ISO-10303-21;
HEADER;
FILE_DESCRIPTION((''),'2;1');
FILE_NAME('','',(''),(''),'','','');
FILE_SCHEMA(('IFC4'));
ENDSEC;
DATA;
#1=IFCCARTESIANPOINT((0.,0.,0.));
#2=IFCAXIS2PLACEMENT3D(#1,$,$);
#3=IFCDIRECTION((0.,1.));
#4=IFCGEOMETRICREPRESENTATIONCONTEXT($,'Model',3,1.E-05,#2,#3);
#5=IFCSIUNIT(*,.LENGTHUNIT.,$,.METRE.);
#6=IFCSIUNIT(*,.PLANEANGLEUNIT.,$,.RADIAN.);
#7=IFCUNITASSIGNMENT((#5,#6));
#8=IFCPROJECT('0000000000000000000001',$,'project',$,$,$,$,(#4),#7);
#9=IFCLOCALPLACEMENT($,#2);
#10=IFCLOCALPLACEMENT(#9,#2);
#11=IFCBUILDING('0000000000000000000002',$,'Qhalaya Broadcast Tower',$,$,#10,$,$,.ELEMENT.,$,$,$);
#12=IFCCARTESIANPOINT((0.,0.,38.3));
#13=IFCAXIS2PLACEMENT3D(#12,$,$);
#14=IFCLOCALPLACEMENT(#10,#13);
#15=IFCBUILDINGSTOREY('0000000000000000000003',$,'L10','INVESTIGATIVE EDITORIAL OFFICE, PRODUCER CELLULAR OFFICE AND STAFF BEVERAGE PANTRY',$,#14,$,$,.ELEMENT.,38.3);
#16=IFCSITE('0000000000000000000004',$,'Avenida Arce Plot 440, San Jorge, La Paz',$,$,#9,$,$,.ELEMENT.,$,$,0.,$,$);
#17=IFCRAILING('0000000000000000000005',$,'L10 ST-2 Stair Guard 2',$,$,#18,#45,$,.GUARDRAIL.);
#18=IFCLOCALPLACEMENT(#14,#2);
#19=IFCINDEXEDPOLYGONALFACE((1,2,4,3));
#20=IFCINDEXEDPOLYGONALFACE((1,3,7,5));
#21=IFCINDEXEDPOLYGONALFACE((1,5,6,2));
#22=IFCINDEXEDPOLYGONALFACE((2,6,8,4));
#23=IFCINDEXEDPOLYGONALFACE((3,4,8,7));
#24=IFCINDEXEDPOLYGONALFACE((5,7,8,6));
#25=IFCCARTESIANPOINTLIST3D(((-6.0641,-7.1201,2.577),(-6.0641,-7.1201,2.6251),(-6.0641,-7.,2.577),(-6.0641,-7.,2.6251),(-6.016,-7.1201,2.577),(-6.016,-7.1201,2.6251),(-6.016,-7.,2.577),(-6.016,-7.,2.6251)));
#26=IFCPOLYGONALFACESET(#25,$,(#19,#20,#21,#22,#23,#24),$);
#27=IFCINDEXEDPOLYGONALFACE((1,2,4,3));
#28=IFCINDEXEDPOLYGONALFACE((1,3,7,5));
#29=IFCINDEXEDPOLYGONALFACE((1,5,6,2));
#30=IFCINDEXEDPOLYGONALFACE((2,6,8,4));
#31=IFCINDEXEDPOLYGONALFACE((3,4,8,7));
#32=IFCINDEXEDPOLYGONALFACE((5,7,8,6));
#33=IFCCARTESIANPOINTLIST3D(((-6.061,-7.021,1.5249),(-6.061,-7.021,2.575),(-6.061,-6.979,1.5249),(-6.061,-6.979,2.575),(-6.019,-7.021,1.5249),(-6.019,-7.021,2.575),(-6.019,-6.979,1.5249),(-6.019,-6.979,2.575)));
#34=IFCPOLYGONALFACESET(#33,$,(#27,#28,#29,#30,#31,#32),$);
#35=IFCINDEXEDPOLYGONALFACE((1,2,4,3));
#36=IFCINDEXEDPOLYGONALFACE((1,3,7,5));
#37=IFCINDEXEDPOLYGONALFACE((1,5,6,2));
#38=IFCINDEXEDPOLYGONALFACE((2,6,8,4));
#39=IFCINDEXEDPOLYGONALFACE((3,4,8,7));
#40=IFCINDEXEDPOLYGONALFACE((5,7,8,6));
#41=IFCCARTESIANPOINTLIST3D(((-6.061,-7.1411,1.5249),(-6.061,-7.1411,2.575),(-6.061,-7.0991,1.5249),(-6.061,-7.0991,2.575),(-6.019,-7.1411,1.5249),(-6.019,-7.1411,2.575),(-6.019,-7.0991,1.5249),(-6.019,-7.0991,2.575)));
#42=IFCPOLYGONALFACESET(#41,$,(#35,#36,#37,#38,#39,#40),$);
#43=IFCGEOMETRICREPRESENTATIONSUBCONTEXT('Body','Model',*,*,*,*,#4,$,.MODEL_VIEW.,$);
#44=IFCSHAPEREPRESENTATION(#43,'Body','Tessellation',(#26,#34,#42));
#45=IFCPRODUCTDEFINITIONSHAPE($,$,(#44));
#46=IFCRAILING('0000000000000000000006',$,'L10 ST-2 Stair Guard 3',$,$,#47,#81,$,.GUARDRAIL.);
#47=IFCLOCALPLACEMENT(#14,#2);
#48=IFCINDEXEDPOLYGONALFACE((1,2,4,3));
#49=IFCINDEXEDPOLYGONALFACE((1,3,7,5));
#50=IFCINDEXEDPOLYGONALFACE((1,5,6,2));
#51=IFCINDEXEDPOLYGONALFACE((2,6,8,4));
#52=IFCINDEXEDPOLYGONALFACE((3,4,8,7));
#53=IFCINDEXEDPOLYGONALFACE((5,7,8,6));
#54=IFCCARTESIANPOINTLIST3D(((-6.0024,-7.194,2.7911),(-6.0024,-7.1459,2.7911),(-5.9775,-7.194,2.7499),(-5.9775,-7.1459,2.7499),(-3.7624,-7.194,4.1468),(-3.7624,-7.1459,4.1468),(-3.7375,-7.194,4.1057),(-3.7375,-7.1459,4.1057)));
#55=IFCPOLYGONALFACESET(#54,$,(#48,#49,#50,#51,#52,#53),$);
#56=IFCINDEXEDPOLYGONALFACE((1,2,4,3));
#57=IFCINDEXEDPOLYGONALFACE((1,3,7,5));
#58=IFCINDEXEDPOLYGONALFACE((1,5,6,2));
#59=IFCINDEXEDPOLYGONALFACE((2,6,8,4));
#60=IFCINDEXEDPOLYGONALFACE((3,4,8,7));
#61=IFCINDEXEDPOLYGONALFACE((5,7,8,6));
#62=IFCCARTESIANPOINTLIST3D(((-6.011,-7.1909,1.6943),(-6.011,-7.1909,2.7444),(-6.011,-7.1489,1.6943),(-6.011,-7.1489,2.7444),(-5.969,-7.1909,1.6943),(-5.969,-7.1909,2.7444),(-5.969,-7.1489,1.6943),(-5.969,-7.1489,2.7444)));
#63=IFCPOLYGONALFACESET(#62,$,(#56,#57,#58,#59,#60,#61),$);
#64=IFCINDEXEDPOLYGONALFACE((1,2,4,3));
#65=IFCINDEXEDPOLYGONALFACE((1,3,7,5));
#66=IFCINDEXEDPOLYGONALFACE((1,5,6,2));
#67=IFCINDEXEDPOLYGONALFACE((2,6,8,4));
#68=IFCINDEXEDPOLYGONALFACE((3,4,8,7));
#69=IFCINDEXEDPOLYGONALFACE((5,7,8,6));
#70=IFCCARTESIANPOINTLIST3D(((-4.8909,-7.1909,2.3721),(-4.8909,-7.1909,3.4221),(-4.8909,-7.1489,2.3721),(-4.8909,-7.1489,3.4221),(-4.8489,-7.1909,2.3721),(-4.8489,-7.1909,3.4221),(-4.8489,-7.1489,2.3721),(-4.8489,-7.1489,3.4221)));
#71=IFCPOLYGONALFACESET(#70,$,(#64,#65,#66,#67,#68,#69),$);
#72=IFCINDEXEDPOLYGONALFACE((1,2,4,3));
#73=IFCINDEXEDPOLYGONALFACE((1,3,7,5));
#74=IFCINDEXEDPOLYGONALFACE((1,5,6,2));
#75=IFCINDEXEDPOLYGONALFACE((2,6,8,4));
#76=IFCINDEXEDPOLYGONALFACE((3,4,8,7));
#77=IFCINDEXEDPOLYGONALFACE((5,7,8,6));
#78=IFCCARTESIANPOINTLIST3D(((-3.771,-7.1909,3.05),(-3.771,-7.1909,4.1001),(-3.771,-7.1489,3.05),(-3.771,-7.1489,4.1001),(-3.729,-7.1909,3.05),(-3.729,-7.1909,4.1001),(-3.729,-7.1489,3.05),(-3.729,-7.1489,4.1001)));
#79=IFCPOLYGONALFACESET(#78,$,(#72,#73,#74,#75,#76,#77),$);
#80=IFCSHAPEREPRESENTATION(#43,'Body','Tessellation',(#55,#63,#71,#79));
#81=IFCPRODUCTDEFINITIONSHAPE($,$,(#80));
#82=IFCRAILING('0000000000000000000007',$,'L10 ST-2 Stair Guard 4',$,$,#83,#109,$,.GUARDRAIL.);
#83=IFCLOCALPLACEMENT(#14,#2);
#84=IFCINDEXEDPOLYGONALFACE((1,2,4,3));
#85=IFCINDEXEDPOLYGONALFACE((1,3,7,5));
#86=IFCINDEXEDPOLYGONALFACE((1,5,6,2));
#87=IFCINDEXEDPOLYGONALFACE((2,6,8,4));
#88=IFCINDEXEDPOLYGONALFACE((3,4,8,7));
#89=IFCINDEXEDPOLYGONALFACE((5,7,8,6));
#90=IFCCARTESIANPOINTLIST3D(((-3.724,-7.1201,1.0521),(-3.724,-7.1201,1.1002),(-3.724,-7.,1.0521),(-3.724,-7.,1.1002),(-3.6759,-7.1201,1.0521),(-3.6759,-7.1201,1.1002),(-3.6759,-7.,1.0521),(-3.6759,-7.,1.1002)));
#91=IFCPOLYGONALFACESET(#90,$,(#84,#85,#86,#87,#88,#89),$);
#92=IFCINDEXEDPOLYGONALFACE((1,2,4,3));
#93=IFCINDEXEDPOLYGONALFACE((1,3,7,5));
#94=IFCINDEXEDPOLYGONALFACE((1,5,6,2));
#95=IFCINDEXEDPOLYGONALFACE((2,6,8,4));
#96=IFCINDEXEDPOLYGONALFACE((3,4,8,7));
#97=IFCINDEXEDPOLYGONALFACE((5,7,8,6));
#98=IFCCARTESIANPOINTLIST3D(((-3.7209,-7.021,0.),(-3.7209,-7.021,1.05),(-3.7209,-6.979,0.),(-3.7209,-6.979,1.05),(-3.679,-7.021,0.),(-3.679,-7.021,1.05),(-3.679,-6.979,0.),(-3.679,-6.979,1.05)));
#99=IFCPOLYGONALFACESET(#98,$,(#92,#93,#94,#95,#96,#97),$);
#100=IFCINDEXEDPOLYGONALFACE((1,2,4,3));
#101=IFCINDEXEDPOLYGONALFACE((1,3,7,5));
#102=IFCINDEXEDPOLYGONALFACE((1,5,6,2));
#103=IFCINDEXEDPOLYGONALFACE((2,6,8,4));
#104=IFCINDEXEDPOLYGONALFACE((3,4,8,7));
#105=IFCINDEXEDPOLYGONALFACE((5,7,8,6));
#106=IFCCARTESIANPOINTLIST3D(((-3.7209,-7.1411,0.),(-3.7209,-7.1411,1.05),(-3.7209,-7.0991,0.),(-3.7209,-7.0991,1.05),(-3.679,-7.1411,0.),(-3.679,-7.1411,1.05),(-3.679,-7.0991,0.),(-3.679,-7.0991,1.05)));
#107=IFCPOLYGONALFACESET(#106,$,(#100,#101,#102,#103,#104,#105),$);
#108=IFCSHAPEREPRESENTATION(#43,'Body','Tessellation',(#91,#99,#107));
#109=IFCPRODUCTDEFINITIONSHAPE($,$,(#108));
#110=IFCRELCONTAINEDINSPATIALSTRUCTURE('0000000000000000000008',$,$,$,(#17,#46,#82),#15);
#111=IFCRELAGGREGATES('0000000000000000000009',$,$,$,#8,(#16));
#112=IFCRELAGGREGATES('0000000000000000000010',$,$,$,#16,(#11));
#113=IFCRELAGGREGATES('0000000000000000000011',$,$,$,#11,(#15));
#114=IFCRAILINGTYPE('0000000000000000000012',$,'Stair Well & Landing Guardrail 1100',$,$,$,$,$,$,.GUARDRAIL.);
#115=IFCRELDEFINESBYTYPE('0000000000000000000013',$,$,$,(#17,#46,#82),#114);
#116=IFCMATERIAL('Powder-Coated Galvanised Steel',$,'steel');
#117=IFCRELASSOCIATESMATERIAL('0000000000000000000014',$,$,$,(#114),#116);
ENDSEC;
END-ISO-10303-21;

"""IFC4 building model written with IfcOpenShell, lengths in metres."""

from ifc_helpers import new_model, si_unit, direction, frame, origin, origin_2d, place, context, subcontext, project, spatial, rectangle, extrude, material, type_object, element, save


model = new_model("IFC4")

# Units and contexts
model_context = context("Model", 3, precision=1e-05, world=origin(), true_north=direction((0.0, 1.0)))
body_context = subcontext(model_context, "Body", "Model", "MODEL_VIEW")
ifc_project = project(units=[si_unit("LENGTHUNIT", "METRE"), si_unit("PLANEANGLEUNIT", "RADIAN")], contexts=[model_context])

# Site, building, storey
site_placement = place(None, origin())
site = spatial("IfcSite", under=ifc_project, at=site_placement, Name="Avenida Arce Plot 440, San Jorge, La Paz", CompositionType="ELEMENT", RefElevation=0.0)
building_placement = place(site_placement, origin())
building = spatial("IfcBuilding", under=site, at=building_placement, Name="Qhalaya Broadcast Tower", CompositionType="ELEMENT")
storey_placement = place(building_placement, frame((0.0, 0.0, 38.3)))
storey = spatial("IfcBuildingStorey", under=building, at=storey_placement, Name="L10", Description="INVESTIGATIVE EDITORIAL OFFICE, PRODUCER CELLULAR OFFICE AND STAFF BEVERAGE PANTRY", CompositionType="ELEMENT", Elevation=38.3)

# Railings
ifc_material_1 = material(Name="Powder-Coated Galvanised Steel", Category="steel")
railing_type_1 = type_object("IfcRailingType", Name="Stair Well & Landing Guardrail 1100", PredefinedType="GUARDRAIL", material=ifc_material_1)
railing_1_placement = place(storey_placement, frame((-6.04, -7.0, 1.5249)))
element("IfcRailing", 1, at=railing_1_placement, inside=storey, type_object=railing_type_1, Name="L10 ST-2 Stair Guard 2", PredefinedType="GUARDRAIL", context=body_context, shape_type="SweptSolid", body=[
    extrude(rectangle(XDim=0.0481, YDim=0.0481, at=origin_2d()), frame((0.0, 0.0, 1.0762), z_axis=(0.0, -1.0, 0.0), x_axis=(1.0, 0.0, 0.0)), (0.0, 0.0, 1.0), 0.1201),
    extrude(rectangle(XDim=0.042, YDim=0.042, at=origin_2d()), origin(), (0.0, 0.0, 1.0), 1.05),
    extrude(rectangle(XDim=0.042, YDim=0.042, at=origin_2d()), frame((0.0, -0.1201, 0.0)), (0.0, 0.0, 1.0), 1.05),
])
railing_2_placement = place(storey_placement, frame((-5.99, -7.1699, 1.6943)))
element("IfcRailing", 2, at=railing_2_placement, inside=storey, type_object=railing_type_1, Name="L10 ST-2 Stair Guard 3", PredefinedType="GUARDRAIL", context=body_context, shape_type="SweptSolid", body=[
    extrude(rectangle(XDim=0.0481, YDim=0.0481, at=origin_2d()), frame((0.0, 0.0, 1.0762), z_axis=(0.855512, 0.0, 0.517783), x_axis=(0.0, 1.0, 0.0)), (0.0, 0.0, 1.0), 2.6184),
    extrude(rectangle(XDim=0.042, YDim=0.042, at=origin_2d()), origin(), (0.0, 0.0, 1.0), 1.05),
    extrude(rectangle(XDim=0.042, YDim=0.042, at=origin_2d()), frame((1.1201, 0.0, 0.6777)), (0.0, 0.0, 1.0), 1.05),
    extrude(rectangle(XDim=0.042, YDim=0.042, at=origin_2d()), frame((2.24, 0.0, 1.3557)), (0.0, 0.0, 1.0), 1.05),
])
railing_3_placement = place(storey_placement, frame((-3.7, -7.0, 0.0)))
element("IfcRailing", 3, at=railing_3_placement, inside=storey, type_object=railing_type_1, Name="L10 ST-2 Stair Guard 4", PredefinedType="GUARDRAIL", context=body_context, shape_type="SweptSolid", body=[
    extrude(rectangle(XDim=0.0481, YDim=0.0481, at=origin_2d()), frame((0.0, 0.0, 1.0762), z_axis=(0.0, -1.0, 0.0), x_axis=(1.0, 0.0, 0.0)), (0.0, 0.0, 1.0), 0.1201),
    extrude(rectangle(XDim=0.042, YDim=0.042, at=origin_2d()), origin(), (0.0, 0.0, 1.0), 1.05),
    extrude(rectangle(XDim=0.042, YDim=0.042, at=origin_2d()), frame((0.0, -0.1201, 0.0)), (0.0, 0.0, 1.0), 1.05),
])

save(model, "model.ifc")
